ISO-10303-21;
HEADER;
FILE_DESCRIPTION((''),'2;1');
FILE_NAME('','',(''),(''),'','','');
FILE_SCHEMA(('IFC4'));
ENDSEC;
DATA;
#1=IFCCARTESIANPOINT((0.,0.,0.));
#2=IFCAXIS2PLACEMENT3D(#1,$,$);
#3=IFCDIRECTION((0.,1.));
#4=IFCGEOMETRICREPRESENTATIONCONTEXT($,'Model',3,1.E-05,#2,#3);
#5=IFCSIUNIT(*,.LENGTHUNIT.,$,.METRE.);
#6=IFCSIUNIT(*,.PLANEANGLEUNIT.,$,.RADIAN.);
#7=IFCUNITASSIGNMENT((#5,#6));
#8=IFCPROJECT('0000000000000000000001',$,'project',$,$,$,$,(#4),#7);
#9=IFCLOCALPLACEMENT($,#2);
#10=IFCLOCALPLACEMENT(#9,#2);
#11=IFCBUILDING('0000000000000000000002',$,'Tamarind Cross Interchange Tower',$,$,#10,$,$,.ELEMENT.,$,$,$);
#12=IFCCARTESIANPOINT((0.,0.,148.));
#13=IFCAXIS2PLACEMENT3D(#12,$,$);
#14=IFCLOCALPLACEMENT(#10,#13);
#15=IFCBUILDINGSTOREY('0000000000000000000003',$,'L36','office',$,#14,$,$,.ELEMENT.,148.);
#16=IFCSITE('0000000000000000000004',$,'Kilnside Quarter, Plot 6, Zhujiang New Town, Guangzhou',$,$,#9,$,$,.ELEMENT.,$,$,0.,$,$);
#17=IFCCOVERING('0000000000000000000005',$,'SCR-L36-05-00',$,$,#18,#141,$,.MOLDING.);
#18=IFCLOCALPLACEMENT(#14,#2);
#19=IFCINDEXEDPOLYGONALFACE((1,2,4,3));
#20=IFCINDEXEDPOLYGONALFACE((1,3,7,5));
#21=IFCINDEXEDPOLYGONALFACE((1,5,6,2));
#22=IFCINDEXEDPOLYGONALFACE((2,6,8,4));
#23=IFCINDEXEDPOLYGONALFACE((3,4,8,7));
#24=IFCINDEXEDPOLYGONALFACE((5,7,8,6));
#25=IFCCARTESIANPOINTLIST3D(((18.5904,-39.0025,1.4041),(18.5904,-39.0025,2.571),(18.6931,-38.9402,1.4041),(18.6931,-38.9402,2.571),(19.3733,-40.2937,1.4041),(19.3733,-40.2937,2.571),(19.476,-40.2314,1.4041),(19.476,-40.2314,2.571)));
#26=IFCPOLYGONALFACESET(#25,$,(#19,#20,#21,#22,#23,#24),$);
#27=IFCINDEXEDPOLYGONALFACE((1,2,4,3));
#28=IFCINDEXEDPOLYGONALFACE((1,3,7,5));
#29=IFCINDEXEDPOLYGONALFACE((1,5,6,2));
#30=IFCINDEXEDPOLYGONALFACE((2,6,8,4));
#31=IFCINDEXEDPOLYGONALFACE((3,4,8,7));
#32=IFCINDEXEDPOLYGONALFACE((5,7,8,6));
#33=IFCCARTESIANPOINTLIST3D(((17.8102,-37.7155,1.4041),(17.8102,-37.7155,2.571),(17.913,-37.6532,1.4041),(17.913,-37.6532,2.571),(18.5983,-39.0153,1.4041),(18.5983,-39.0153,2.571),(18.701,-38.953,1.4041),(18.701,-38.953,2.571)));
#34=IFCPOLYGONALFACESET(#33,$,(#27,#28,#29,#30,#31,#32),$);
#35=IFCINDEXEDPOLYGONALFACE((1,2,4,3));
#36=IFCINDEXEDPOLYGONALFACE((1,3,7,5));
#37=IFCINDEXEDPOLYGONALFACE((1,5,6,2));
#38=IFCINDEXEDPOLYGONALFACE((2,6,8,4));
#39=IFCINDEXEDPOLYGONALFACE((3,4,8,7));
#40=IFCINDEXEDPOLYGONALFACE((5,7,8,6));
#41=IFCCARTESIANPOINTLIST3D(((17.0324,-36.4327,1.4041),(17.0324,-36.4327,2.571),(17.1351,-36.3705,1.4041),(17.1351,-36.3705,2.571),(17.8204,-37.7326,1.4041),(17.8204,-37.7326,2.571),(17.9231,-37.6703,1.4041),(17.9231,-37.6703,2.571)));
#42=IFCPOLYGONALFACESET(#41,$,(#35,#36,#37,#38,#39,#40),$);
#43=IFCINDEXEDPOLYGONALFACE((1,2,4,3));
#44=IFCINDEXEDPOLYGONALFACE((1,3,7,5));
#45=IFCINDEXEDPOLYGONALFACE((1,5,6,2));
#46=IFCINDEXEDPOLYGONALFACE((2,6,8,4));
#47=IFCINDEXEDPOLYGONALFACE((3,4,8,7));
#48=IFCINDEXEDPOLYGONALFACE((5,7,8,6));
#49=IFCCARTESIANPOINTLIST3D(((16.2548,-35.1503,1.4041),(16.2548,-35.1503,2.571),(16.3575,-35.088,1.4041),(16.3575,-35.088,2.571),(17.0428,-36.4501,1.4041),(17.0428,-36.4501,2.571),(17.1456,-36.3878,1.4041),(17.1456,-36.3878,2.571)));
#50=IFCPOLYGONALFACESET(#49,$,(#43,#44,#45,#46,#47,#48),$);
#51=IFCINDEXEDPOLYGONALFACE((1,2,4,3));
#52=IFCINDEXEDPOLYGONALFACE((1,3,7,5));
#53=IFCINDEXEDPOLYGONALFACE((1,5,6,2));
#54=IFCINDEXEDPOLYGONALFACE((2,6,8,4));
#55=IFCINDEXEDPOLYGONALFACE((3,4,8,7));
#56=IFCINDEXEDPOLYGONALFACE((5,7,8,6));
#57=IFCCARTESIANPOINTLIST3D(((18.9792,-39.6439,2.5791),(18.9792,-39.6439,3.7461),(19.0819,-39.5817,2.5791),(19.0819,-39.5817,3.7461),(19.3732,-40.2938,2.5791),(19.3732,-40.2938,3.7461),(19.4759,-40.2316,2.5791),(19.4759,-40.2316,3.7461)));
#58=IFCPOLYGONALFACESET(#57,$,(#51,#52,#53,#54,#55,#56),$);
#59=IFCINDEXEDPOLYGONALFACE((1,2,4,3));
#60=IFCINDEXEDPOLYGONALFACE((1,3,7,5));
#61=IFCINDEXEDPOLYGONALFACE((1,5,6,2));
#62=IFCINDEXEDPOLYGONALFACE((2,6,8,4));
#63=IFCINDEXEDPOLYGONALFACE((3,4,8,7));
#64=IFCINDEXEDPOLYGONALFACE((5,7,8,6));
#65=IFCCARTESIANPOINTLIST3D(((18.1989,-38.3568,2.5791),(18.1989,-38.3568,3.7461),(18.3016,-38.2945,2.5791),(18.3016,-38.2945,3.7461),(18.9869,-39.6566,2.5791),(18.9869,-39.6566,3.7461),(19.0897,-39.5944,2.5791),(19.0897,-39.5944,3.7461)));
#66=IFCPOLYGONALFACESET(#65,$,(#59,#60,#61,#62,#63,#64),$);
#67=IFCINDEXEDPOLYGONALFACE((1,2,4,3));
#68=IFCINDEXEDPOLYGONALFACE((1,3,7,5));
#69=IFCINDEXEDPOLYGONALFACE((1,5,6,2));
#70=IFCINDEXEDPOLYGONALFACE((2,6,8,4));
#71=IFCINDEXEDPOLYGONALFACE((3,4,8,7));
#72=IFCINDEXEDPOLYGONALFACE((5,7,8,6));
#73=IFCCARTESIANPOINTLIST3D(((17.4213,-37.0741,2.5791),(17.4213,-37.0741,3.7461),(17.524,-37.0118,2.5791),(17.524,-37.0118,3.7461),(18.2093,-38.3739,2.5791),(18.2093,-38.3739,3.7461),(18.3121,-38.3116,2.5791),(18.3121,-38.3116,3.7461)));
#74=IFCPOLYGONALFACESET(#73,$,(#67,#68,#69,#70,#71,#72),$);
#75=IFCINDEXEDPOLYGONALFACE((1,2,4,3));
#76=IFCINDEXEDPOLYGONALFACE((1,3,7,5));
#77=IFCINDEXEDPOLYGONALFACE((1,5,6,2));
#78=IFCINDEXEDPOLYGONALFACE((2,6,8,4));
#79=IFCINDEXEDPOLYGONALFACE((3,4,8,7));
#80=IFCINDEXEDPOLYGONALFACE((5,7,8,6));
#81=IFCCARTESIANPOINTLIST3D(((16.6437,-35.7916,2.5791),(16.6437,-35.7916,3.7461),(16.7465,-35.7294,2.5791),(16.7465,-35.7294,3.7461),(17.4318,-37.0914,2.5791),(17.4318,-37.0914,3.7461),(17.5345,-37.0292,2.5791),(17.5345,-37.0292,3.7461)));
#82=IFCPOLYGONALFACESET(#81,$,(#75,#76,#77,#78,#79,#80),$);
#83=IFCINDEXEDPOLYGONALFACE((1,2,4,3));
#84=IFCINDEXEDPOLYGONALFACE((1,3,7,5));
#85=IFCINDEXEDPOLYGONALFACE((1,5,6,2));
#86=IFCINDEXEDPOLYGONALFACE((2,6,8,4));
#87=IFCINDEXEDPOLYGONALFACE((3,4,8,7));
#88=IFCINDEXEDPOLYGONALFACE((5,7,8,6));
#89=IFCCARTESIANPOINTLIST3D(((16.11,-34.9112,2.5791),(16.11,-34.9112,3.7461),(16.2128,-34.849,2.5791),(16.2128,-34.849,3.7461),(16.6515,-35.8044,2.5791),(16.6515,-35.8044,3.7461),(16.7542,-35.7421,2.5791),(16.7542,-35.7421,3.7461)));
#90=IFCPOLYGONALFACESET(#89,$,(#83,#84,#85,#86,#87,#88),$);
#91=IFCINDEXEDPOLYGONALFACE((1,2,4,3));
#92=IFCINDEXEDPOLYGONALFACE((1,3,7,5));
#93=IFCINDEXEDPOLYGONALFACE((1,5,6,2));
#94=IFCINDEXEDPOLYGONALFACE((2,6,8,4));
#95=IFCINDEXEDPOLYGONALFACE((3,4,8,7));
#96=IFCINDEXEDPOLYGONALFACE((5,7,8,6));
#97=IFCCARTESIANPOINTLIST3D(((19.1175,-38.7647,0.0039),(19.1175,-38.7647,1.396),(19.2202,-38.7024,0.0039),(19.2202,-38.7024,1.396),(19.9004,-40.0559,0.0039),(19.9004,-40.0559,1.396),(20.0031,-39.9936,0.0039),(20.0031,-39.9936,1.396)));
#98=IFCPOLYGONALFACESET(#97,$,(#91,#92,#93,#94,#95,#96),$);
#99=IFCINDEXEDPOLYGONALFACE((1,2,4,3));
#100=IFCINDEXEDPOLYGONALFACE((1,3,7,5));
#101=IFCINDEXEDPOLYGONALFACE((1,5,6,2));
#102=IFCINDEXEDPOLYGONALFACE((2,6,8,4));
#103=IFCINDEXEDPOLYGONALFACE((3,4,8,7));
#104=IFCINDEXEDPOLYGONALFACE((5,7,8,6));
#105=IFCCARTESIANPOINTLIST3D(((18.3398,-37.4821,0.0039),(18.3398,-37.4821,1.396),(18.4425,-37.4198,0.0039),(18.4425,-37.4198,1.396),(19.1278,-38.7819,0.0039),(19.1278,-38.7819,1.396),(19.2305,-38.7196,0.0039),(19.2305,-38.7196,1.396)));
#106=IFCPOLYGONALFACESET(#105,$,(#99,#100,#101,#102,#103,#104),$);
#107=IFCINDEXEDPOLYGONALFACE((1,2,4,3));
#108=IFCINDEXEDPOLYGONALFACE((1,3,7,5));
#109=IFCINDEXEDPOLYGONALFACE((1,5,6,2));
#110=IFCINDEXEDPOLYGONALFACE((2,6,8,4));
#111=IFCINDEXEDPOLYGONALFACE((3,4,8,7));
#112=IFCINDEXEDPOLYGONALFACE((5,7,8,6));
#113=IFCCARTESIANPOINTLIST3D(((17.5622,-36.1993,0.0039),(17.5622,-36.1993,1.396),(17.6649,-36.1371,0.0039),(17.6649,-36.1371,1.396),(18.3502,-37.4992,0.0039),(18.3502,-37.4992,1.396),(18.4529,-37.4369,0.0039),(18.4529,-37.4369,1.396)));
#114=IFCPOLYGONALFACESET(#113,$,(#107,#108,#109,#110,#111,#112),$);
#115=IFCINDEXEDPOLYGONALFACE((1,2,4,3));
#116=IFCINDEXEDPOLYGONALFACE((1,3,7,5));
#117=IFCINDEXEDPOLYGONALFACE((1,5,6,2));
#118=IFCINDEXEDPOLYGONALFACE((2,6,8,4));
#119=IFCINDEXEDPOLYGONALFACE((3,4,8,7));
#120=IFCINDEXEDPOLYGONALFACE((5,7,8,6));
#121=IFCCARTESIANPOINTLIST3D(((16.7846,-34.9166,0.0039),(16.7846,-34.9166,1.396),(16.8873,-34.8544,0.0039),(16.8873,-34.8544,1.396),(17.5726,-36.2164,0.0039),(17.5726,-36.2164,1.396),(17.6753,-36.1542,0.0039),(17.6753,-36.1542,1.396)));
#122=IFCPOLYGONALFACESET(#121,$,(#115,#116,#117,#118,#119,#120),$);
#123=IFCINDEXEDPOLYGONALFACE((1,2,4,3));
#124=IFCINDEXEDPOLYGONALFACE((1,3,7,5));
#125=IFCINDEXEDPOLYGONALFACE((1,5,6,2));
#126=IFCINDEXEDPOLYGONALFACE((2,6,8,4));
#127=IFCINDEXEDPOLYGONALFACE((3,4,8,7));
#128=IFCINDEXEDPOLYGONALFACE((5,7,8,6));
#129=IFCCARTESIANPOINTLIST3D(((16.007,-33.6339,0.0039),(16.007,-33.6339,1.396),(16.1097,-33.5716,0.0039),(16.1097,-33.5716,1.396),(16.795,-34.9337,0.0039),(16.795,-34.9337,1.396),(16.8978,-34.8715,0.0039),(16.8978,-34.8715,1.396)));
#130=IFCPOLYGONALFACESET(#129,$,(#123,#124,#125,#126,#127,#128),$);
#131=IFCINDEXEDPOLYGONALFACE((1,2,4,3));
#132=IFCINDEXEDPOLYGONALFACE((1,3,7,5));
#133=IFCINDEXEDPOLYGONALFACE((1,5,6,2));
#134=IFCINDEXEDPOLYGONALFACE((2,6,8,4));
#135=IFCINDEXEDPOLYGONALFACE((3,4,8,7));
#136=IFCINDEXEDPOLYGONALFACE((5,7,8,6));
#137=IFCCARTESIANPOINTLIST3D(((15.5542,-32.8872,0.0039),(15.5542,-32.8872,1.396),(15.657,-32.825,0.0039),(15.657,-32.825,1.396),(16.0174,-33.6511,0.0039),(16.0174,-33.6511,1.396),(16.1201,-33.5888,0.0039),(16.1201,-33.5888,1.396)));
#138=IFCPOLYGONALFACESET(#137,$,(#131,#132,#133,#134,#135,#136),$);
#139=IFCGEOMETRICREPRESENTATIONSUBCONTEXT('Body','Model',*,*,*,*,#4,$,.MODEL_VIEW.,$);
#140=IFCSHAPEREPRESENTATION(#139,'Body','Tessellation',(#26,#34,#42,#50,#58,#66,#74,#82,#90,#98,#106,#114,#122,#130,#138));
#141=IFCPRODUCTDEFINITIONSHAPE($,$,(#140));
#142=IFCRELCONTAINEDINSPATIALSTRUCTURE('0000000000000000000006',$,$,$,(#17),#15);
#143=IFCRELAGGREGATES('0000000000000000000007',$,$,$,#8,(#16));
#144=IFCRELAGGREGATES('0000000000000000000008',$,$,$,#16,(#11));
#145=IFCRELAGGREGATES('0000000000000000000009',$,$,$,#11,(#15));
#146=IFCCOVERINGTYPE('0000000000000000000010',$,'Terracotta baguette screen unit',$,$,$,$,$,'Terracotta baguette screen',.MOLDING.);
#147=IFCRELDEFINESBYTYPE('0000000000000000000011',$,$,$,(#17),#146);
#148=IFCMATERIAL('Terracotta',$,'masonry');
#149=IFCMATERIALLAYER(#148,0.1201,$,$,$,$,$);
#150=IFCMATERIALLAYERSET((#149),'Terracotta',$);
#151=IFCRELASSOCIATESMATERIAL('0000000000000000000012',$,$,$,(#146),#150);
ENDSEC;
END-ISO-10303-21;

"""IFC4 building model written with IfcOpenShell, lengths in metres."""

from ifc_helpers import new_model, si_unit, direction, frame, origin, origin_2d, place, context, subcontext, project, spatial, rectangle, extrude, material, layer, layer_set, type_object, element, save


model = new_model("IFC4")

# Units and contexts
model_context = context("Model", 3, precision=1e-05, world=origin(), true_north=direction((0.0, 1.0)))
body_context = subcontext(model_context, "Body", "Model", "MODEL_VIEW")
ifc_project = project(units=[si_unit("LENGTHUNIT", "METRE"), si_unit("PLANEANGLEUNIT", "RADIAN")], contexts=[model_context])

# Site, building, storey
site_placement = place(None, origin())
site = spatial("IfcSite", under=ifc_project, at=site_placement, Name="Kilnside Quarter, Plot 6, Zhujiang New Town, Guangzhou", CompositionType="ELEMENT", RefElevation=0.0)
building_placement = place(site_placement, origin())
building = spatial("IfcBuilding", under=site, at=building_placement, Name="Tamarind Cross Interchange Tower", CompositionType="ELEMENT")
storey_placement = place(building_placement, frame((0.0, 0.0, 148.0)))
storey = spatial("IfcBuildingStorey", under=building, at=storey_placement, Name="L36", Description="office", CompositionType="ELEMENT", Elevation=148.0)

# Covering
ifc_material_1 = material(Name="Terracotta", Category="masonry")
ifc_layer_1 = layer(ifc_material_1, 0.1201)
ifc_layer_set_1 = layer_set([ifc_layer_1], Name="Terracotta")
covering_type = type_object("IfcCoveringType", Name="Terracotta baguette screen unit", ElementType="Terracotta baguette screen", PredefinedType="MOLDING", material=ifc_layer_set_1)
covering_1_placement = place(storey_placement, origin())
element("IfcCovering", 1, at=covering_1_placement, inside=storey, type_object=covering_type, Name="SCR-L36-05-00", PredefinedType="MOLDING", context=body_context, shape_type="SweptSolid", body=[
    extrude(rectangle(XDim=1.51, YDim=0.1201, at=origin_2d()), frame((19.0332, -39.6169, 1.4041), z_axis=(0.0, 0.0, 1.0), x_axis=(-0.518425, 0.855123, 0.0)), (0.0, 0.0, 1.0), 1.167),
    extrude(rectangle(XDim=1.52, YDim=0.1201, at=origin_2d()), frame((18.2556, -38.3342, 1.4041), z_axis=(0.0, 0.0, 1.0), x_axis=(-0.518425, 0.855123, 0.0)), (0.0, 0.0, 1.0), 1.167),
    extrude(rectangle(XDim=1.52, YDim=0.1201, at=origin_2d()), frame((17.4778, -37.0515, 1.4041), z_axis=(0.0, 0.0, 1.0), x_axis=(-0.518425, 0.855123, 0.0)), (0.0, 0.0, 1.0), 1.167),
    extrude(rectangle(XDim=1.52, YDim=0.1201, at=origin_2d()), frame((16.7002, -35.769, 1.4041), z_axis=(0.0, 0.0, 1.0), x_axis=(-0.518425, 0.855123, 0.0)), (0.0, 0.0, 1.0), 1.167),
    extrude(rectangle(XDim=0.76, YDim=0.1201, at=origin_2d()), frame((19.2275, -39.9377, 2.5791), z_axis=(0.0, 0.0, 1.0), x_axis=(-0.518425, 0.855123, 0.0)), (0.0, 0.0, 1.0), 1.167),
    extrude(rectangle(XDim=1.52, YDim=0.1201, at=origin_2d()), frame((18.6443, -38.9756, 2.5791), z_axis=(0.0, 0.0, 1.0), x_axis=(-0.518425, 0.855123, 0.0)), (0.0, 0.0, 1.0), 1.167),
    extrude(rectangle(XDim=1.52, YDim=0.1201, at=origin_2d()), frame((17.8667, -37.6929, 2.5791), z_axis=(0.0, 0.0, 1.0), x_axis=(-0.518425, 0.855123, 0.0)), (0.0, 0.0, 1.0), 1.167),
    extrude(rectangle(XDim=1.52, YDim=0.1201, at=origin_2d()), frame((17.0891, -36.4104, 2.5791), z_axis=(0.0, 0.0, 1.0), x_axis=(-0.518425, 0.855123, 0.0)), (0.0, 0.0, 1.0), 1.167),
    extrude(rectangle(XDim=1.0444, YDim=0.1201, at=origin_2d()), frame((16.4321, -35.3267, 2.5791), z_axis=(0.0, 0.0, 1.0), x_axis=(-0.518425, 0.855123, 0.0)), (0.0, 0.0, 1.0), 1.167),
    extrude(rectangle(XDim=1.51, YDim=0.1201, at=origin_2d()), frame((19.5603, -39.3792, 0.0039), z_axis=(0.0, 0.0, 1.0), x_axis=(-0.518425, 0.855123, 0.0)), (0.0, 0.0, 1.0), 1.3921),
    extrude(rectangle(XDim=1.52, YDim=0.1201, at=origin_2d()), frame((18.7852, -38.1008, 0.0039), z_axis=(0.0, 0.0, 1.0), x_axis=(-0.518425, 0.855123, 0.0)), (0.0, 0.0, 1.0), 1.3921),
    extrude(rectangle(XDim=1.52, YDim=0.1201, at=origin_2d()), frame((18.0076, -36.8181, 0.0039), z_axis=(0.0, 0.0, 1.0), x_axis=(-0.518425, 0.855123, 0.0)), (0.0, 0.0, 1.0), 1.3921),
    extrude(rectangle(XDim=1.52, YDim=0.1201, at=origin_2d()), frame((17.23, -35.5354, 0.0039), z_axis=(0.0, 0.0, 1.0), x_axis=(-0.518425, 0.855123, 0.0)), (0.0, 0.0, 1.0), 1.3921),
    extrude(rectangle(XDim=1.52, YDim=0.1201, at=origin_2d()), frame((16.4524, -34.2527, 0.0039), z_axis=(0.0, 0.0, 1.0), x_axis=(-0.518425, 0.855123, 0.0)), (0.0, 0.0, 1.0), 1.3921),
    extrude(rectangle(XDim=0.8933, YDim=0.1201, at=origin_2d()), frame((15.8372, -33.238, 0.0039), z_axis=(0.0, 0.0, 1.0), x_axis=(-0.518425, 0.855123, 0.0)), (0.0, 0.0, 1.0), 1.3921),
])

save(model, "model.ifc")
